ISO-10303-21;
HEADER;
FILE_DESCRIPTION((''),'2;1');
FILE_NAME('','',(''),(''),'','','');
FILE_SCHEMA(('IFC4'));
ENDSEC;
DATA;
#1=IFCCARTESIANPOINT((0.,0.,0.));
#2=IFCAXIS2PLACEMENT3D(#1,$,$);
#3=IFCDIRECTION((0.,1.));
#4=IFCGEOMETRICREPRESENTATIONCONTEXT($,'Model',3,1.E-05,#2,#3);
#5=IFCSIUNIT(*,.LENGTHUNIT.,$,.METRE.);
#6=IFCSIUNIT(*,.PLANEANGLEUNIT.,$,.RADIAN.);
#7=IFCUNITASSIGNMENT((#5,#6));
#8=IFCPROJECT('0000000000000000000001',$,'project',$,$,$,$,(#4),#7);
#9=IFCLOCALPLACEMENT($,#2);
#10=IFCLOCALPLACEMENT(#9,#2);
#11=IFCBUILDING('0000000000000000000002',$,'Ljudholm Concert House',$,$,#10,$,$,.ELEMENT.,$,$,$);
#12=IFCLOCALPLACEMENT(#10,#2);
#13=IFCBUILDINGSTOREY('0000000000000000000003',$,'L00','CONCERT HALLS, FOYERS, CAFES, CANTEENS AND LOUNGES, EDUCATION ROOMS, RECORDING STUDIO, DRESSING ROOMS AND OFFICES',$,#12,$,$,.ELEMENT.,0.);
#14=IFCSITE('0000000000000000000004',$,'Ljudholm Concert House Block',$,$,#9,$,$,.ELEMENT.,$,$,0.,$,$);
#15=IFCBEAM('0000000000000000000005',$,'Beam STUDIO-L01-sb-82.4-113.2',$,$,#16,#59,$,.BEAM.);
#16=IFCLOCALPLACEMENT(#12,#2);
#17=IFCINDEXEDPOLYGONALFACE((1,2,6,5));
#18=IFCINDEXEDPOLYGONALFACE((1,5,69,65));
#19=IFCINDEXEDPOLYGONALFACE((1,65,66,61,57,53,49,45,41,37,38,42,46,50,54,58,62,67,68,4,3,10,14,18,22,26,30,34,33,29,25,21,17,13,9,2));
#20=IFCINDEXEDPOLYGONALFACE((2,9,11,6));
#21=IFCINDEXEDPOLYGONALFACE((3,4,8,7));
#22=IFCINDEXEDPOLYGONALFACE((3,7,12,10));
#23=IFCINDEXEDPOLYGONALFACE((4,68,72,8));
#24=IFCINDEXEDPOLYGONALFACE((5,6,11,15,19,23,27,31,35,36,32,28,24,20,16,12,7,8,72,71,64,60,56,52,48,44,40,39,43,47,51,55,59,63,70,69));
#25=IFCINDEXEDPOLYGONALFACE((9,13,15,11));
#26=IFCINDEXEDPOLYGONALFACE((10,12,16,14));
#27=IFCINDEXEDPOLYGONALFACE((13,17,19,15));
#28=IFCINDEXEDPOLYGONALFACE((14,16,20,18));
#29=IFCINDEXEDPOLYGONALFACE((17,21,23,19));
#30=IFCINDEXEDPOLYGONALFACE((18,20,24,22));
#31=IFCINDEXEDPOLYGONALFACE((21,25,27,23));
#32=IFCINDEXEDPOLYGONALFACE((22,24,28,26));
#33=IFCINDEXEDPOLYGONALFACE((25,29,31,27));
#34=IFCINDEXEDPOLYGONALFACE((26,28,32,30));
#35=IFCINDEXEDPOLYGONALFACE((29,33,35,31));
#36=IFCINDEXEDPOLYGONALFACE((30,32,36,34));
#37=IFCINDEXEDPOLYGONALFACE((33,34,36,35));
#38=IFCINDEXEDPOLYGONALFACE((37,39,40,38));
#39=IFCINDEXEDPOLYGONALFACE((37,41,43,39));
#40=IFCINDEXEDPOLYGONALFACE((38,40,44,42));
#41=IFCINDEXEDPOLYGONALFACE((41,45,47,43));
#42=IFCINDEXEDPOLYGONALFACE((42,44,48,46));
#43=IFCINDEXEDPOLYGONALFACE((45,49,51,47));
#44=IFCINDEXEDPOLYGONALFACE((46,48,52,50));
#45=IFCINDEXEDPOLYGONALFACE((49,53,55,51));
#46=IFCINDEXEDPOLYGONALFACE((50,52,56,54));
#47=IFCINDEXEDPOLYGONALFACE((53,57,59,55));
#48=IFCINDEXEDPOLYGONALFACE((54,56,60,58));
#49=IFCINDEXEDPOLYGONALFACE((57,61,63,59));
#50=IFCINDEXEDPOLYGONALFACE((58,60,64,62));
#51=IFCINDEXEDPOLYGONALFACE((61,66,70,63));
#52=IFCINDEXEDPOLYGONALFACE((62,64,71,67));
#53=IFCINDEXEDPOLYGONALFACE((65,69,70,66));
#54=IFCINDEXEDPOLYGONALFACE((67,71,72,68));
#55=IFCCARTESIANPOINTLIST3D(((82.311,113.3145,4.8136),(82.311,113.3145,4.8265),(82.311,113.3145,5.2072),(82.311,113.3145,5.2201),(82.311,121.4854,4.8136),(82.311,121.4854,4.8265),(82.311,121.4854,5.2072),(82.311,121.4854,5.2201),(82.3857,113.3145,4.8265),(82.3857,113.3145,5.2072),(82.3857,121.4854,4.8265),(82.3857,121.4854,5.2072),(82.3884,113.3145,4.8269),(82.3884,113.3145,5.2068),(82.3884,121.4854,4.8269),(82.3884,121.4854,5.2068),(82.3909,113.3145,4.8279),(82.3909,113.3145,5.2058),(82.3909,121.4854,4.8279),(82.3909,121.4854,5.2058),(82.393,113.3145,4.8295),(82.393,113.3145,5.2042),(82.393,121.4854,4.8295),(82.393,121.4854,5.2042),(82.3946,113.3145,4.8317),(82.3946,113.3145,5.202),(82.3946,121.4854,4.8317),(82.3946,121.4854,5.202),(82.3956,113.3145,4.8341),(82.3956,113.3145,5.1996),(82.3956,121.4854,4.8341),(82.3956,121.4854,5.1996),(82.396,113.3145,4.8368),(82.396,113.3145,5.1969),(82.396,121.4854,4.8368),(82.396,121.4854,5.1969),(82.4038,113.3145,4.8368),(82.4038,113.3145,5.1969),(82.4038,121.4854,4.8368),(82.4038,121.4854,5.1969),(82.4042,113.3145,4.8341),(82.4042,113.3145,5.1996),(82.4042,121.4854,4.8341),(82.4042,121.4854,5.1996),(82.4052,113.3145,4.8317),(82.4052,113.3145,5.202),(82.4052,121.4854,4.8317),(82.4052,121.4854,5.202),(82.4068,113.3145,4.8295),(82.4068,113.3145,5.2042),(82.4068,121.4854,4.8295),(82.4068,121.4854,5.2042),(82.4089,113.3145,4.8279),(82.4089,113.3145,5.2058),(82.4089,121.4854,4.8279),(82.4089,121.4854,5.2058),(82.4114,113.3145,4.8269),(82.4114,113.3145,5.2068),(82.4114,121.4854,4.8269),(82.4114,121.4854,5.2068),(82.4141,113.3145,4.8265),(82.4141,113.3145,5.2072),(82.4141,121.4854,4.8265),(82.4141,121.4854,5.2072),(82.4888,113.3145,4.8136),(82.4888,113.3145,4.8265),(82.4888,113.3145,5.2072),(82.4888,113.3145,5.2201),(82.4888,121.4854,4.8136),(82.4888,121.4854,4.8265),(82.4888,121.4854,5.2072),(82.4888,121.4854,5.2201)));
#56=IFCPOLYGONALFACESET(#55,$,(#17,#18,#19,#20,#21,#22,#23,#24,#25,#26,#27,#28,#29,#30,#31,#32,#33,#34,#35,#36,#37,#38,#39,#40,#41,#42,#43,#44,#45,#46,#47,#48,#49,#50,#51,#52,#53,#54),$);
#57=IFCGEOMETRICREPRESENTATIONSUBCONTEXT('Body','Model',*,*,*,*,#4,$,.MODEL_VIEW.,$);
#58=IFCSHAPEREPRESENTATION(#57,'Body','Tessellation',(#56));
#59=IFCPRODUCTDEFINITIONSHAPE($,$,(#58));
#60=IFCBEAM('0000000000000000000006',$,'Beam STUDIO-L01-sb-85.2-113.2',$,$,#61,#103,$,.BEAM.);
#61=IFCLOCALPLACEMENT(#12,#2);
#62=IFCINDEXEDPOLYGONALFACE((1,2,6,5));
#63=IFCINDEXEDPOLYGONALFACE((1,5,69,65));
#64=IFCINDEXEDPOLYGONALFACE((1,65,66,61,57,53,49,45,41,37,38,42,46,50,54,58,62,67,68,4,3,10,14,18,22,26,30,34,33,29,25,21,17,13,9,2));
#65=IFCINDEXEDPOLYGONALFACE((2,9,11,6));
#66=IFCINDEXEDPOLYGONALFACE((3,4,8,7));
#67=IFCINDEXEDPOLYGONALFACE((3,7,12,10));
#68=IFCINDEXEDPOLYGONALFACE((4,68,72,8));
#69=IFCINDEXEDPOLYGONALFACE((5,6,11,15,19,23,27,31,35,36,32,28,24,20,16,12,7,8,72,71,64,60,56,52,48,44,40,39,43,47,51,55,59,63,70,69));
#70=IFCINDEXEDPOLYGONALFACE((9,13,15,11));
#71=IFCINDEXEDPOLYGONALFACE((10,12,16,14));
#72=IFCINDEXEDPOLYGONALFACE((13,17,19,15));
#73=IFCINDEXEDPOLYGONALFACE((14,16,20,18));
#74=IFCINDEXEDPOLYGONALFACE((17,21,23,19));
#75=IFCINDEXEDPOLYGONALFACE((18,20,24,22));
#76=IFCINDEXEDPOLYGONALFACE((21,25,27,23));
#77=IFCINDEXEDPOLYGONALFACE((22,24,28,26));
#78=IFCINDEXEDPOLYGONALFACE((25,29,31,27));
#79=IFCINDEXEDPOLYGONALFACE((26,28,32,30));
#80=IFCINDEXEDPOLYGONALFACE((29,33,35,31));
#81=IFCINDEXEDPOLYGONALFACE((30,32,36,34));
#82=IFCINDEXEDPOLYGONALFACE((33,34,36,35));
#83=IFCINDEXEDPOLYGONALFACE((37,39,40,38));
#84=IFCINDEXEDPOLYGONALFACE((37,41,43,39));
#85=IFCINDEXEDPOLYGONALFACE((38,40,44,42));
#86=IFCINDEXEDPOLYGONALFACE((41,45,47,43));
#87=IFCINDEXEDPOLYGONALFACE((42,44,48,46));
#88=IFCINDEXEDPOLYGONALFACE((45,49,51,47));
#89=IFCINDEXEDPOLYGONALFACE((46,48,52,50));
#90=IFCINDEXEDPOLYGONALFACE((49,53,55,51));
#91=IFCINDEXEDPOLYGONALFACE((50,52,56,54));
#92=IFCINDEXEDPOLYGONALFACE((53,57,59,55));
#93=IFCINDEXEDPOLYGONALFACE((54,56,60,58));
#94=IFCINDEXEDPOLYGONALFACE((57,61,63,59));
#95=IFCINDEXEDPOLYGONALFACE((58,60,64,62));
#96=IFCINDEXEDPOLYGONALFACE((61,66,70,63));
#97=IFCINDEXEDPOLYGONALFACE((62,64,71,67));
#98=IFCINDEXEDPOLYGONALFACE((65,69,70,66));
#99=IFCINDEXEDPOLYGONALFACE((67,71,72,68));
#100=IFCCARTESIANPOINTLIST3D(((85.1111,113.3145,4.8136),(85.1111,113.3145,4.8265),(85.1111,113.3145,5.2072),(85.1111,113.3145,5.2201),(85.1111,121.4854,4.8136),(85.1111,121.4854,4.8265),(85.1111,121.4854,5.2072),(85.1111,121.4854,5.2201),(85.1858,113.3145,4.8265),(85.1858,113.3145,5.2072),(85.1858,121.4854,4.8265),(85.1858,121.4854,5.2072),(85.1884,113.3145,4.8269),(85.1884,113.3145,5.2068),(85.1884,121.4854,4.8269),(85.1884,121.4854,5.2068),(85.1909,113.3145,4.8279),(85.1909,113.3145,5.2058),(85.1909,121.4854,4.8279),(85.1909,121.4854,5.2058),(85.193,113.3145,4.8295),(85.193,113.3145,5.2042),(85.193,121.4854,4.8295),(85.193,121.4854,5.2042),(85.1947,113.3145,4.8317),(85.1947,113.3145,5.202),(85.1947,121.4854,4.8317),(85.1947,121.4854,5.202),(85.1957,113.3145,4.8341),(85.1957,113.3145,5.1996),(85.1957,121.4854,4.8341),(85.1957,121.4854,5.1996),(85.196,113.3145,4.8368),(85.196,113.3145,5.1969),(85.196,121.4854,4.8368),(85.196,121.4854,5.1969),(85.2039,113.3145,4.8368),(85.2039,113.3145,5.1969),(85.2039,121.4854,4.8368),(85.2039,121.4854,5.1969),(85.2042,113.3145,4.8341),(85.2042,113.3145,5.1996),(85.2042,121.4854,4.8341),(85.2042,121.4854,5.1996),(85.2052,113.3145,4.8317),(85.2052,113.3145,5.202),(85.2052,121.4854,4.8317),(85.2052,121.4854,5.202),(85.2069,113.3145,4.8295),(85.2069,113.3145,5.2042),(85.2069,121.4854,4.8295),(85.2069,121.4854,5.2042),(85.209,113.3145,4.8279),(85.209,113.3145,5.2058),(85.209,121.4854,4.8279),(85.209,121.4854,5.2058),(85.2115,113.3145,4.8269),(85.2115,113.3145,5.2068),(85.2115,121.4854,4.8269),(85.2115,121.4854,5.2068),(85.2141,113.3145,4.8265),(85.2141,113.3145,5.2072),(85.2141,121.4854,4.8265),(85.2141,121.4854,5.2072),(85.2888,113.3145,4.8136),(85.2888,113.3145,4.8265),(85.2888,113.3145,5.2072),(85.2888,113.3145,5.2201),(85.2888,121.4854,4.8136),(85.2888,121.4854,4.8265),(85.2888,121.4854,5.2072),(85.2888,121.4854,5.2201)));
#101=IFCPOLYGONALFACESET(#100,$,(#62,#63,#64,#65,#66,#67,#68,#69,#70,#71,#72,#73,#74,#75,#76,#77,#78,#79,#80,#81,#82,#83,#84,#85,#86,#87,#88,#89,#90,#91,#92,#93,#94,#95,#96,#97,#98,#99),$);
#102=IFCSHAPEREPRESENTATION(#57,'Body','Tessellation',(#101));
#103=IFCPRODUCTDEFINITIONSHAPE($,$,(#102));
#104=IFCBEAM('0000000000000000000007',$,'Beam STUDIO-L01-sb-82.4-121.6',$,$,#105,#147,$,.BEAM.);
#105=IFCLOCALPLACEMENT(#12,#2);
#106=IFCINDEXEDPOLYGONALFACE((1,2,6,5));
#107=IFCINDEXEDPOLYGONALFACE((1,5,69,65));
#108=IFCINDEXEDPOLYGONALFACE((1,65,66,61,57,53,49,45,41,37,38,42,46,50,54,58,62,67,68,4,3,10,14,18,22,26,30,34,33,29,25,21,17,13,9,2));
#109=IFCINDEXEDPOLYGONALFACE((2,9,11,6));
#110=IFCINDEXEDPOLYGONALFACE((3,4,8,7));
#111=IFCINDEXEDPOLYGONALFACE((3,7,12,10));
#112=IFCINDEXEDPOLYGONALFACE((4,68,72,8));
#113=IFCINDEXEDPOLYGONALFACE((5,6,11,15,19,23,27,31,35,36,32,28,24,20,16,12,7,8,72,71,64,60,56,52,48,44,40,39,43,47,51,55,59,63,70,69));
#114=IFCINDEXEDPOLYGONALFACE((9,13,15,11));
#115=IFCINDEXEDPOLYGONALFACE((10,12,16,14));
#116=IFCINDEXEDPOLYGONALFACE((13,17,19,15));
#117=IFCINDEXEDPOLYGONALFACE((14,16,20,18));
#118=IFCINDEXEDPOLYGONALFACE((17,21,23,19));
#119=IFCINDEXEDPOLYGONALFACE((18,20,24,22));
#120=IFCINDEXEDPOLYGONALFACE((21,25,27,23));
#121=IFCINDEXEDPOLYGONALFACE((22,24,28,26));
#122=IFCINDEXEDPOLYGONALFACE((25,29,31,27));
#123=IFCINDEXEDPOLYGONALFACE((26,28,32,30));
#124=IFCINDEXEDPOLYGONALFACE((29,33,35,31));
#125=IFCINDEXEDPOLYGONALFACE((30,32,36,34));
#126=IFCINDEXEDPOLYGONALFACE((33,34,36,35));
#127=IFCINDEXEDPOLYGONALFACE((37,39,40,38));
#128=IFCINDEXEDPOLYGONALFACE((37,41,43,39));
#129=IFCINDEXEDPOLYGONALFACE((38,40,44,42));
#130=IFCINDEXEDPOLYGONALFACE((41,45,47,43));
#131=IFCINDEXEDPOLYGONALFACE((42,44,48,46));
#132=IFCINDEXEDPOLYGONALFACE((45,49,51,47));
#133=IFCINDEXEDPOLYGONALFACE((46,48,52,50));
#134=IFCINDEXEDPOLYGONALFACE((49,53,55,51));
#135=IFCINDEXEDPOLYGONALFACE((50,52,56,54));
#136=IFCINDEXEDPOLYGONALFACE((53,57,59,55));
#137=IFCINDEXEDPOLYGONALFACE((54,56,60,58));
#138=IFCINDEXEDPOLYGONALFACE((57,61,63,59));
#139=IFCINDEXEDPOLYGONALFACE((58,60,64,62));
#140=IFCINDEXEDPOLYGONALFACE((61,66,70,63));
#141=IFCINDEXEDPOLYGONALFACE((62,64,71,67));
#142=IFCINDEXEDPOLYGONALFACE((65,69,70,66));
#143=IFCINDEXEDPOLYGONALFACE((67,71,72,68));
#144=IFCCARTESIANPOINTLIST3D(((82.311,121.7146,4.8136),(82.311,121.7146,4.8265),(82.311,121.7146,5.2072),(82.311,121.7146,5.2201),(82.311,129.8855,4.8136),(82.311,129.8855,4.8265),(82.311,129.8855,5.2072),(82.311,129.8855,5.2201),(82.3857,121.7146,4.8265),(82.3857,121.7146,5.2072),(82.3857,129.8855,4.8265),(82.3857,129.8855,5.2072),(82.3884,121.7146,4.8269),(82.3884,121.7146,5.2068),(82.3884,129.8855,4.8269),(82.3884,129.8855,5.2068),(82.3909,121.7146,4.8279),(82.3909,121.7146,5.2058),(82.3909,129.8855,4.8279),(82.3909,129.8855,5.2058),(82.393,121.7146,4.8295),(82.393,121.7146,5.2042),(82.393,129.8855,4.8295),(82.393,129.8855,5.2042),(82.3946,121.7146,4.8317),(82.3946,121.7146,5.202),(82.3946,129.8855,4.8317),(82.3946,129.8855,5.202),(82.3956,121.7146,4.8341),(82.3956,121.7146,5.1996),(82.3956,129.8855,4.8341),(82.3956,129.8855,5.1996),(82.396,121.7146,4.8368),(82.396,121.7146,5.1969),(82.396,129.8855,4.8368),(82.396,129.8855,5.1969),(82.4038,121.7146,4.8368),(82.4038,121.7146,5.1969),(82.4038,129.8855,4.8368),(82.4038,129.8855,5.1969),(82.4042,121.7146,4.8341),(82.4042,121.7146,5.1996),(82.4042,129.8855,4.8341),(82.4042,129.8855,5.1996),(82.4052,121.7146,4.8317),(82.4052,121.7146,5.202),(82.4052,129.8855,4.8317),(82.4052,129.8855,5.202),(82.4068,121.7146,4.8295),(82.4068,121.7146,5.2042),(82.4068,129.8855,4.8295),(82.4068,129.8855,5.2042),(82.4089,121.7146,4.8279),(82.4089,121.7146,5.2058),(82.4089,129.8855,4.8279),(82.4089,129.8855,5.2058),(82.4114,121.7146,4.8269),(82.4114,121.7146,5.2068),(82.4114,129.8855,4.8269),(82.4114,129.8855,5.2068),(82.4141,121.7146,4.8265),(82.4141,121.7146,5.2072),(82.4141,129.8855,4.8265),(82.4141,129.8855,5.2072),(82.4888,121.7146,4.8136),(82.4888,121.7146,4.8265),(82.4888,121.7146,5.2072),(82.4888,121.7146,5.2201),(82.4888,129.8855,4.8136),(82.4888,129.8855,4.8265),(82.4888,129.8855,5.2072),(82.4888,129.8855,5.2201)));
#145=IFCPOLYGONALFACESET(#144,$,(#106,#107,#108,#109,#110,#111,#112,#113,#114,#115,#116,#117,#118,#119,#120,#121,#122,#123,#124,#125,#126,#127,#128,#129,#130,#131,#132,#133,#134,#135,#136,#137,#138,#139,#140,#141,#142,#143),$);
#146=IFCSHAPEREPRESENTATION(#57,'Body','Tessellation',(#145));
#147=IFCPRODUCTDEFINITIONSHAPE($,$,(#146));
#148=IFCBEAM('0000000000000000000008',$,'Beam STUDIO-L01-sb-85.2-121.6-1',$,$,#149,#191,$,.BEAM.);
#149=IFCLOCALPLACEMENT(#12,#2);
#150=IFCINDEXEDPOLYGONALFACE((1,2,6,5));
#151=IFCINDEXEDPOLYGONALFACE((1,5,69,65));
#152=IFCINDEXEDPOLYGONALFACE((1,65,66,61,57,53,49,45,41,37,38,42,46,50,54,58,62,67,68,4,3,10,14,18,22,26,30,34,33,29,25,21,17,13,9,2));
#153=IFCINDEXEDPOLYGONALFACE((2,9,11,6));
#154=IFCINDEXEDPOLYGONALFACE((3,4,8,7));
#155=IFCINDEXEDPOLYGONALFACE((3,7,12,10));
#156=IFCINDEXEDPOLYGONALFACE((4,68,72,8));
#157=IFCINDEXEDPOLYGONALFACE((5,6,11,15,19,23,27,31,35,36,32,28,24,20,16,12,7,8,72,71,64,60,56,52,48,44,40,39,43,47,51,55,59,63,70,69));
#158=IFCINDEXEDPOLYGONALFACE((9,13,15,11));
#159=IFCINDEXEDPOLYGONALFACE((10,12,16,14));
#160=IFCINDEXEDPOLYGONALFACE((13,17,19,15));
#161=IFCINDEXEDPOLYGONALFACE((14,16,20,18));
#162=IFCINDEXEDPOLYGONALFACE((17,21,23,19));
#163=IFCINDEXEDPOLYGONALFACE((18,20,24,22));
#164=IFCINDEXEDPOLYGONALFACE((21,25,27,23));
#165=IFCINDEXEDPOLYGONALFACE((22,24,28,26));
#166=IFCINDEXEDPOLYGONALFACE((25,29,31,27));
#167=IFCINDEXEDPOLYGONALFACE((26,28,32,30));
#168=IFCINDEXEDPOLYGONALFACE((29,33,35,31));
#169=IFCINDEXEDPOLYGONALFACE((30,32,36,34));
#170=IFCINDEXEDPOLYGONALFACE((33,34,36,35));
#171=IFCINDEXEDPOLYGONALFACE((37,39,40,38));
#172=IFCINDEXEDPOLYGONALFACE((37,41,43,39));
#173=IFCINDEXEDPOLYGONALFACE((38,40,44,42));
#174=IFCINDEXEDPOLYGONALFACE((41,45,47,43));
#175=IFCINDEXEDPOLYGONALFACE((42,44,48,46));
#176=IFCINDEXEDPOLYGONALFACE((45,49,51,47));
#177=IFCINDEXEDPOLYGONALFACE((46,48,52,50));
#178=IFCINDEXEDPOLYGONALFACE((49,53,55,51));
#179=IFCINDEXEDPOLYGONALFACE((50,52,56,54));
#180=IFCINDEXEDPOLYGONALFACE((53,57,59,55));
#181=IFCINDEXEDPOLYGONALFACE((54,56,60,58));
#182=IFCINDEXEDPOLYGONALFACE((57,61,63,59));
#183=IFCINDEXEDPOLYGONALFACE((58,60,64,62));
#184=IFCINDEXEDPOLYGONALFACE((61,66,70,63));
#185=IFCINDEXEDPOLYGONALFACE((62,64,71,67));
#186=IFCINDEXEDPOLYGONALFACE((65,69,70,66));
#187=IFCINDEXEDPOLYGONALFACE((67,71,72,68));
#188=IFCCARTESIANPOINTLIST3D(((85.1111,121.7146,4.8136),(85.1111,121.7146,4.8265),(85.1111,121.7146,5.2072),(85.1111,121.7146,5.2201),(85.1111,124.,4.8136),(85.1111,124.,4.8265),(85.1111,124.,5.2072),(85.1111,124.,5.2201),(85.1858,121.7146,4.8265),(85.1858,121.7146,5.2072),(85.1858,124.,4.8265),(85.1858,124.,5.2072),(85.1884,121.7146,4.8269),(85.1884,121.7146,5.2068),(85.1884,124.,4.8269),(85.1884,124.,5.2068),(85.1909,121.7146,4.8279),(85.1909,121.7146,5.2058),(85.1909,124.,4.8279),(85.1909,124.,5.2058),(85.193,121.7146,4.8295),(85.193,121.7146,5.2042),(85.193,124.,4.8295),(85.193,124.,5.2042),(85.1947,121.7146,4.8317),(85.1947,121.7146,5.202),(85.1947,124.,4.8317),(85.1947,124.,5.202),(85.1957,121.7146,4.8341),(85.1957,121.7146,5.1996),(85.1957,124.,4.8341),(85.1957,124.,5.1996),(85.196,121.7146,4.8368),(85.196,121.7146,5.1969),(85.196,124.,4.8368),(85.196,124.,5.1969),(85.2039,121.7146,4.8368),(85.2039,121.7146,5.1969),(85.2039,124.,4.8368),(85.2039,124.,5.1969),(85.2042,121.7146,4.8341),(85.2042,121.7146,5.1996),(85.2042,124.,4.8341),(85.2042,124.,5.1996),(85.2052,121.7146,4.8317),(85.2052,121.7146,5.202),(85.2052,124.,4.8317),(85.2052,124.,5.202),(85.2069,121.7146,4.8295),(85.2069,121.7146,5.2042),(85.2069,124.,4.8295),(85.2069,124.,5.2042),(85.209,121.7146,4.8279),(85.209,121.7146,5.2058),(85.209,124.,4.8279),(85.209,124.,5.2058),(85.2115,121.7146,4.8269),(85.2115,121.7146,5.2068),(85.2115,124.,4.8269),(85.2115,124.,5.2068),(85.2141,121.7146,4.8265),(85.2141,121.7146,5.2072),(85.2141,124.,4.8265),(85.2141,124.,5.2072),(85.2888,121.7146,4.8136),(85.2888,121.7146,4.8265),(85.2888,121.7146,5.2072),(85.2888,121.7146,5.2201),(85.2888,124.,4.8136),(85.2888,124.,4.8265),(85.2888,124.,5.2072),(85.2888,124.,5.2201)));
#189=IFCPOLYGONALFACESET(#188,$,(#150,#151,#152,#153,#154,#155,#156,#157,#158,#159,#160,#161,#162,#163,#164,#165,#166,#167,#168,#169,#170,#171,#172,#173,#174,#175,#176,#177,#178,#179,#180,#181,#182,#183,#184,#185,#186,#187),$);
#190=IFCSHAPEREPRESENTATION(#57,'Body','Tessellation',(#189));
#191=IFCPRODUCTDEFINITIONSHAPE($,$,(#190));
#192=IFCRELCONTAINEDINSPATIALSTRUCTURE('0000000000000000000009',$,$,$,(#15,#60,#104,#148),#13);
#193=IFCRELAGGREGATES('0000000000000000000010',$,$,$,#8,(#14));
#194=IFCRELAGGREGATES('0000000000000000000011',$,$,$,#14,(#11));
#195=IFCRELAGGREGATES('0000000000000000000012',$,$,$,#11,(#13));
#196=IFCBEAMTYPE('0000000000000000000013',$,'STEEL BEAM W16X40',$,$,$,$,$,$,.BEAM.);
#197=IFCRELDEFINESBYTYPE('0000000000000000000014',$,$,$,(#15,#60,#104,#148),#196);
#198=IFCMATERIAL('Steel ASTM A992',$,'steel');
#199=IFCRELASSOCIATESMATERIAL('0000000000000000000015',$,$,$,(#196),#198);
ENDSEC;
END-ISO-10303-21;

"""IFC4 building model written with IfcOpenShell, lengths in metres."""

from ifc_helpers import new_model, si_unit, direction, frame, origin, origin_2d, place, context, subcontext, project, spatial, i_section, extrude, material, material_profile, profile_set, type_object, element, save


model = new_model("IFC4")

# Units and contexts
model_context = context("Model", 3, precision=1e-05, world=origin(), true_north=direction((0.0, 1.0)))
body_context = subcontext(model_context, "Body", "Model", "MODEL_VIEW")
ifc_project = project(units=[si_unit("LENGTHUNIT", "METRE"), si_unit("PLANEANGLEUNIT", "RADIAN")], contexts=[model_context])

# Site, building, storey
site_placement = place(None, origin())
site = spatial("IfcSite", under=ifc_project, at=site_placement, Name="Ljudholm Concert House Block", CompositionType="ELEMENT", RefElevation=0.0)
building_placement = place(site_placement, origin())
building = spatial("IfcBuilding", under=site, at=building_placement, Name="Ljudholm Concert House", CompositionType="ELEMENT")
storey_placement = place(building_placement, origin())
storey = spatial("IfcBuildingStorey", under=building, at=storey_placement, Name="L00", Description="CONCERT HALLS, FOYERS, CAFES, CANTEENS AND LOUNGES, EDUCATION ROOMS, RECORDING STUDIO, DRESSING ROOMS AND OFFICES", CompositionType="ELEMENT", Elevation=0.0)

# Beams
ifc_material_1 = material(Name="Steel ASTM A992", Category="steel")
ifc_material_profile_1 = material_profile(ifc_material_1, i_section(OverallWidth=0.1777, OverallDepth=0.4065, WebThickness=0.0078, FlangeThickness=0.0129, FilletRadius=0.0103, at=origin_2d()), Name="W16X40")
ifc_profile_set_1 = profile_set([ifc_material_profile_1], Name="Steel ASTM A992")
beam_type_1 = type_object("IfcBeamType", Name="STEEL BEAM W16X40", PredefinedType="BEAM", material=ifc_profile_set_1)
for number, where, z_axis, x_axis, name in (
    (1, (82.3999, 113.3145, 5.0168), (0.0, 1.0, 0.0), (-1.0, 0.0, 0.0), "Beam STUDIO-L01-sb-82.4-113.2"),
    (2, (85.2, 113.3145, 5.0168), (0.0, 1.0, 0.0), (-1.0, 0.0, 0.0), "Beam STUDIO-L01-sb-85.2-113.2"),
    (3, (82.3999, 121.7146, 5.0168), (0.0, 1.0, 0.0), (-1.0, 0.0, 0.0), "Beam STUDIO-L01-sb-82.4-121.6"),
):
    element("IfcBeam", number, at=place(storey_placement, frame(where, z_axis=z_axis, x_axis=x_axis)), inside=storey, type_object=beam_type_1, Name=name, PredefinedType="BEAM", context=body_context, shape_type="SweptSolid", body=[
        extrude(i_section(OverallWidth=0.1777, OverallDepth=0.4065, WebThickness=0.0078, FlangeThickness=0.0129, FilletRadius=0.0103, at=origin_2d()), origin(), (0.0, 0.0, 1.0), 8.1709),
    ])
beam_placement = place(storey_placement, frame((85.2, 121.7146, 5.0168), z_axis=(0.0, 1.0, 0.0), x_axis=(-1.0, 0.0, 0.0)))
element("IfcBeam", 4, at=beam_placement, inside=storey, type_object=beam_type_1, Name="Beam STUDIO-L01-sb-85.2-121.6-1", PredefinedType="BEAM", context=body_context, shape_type="SweptSolid", body=[
    extrude(i_section(OverallWidth=0.1777, OverallDepth=0.4065, WebThickness=0.0078, FlangeThickness=0.0129, FilletRadius=0.0103, at=origin_2d()), origin(), (0.0, 0.0, 1.0), 2.2854),
])

save(model, "model.ifc")
